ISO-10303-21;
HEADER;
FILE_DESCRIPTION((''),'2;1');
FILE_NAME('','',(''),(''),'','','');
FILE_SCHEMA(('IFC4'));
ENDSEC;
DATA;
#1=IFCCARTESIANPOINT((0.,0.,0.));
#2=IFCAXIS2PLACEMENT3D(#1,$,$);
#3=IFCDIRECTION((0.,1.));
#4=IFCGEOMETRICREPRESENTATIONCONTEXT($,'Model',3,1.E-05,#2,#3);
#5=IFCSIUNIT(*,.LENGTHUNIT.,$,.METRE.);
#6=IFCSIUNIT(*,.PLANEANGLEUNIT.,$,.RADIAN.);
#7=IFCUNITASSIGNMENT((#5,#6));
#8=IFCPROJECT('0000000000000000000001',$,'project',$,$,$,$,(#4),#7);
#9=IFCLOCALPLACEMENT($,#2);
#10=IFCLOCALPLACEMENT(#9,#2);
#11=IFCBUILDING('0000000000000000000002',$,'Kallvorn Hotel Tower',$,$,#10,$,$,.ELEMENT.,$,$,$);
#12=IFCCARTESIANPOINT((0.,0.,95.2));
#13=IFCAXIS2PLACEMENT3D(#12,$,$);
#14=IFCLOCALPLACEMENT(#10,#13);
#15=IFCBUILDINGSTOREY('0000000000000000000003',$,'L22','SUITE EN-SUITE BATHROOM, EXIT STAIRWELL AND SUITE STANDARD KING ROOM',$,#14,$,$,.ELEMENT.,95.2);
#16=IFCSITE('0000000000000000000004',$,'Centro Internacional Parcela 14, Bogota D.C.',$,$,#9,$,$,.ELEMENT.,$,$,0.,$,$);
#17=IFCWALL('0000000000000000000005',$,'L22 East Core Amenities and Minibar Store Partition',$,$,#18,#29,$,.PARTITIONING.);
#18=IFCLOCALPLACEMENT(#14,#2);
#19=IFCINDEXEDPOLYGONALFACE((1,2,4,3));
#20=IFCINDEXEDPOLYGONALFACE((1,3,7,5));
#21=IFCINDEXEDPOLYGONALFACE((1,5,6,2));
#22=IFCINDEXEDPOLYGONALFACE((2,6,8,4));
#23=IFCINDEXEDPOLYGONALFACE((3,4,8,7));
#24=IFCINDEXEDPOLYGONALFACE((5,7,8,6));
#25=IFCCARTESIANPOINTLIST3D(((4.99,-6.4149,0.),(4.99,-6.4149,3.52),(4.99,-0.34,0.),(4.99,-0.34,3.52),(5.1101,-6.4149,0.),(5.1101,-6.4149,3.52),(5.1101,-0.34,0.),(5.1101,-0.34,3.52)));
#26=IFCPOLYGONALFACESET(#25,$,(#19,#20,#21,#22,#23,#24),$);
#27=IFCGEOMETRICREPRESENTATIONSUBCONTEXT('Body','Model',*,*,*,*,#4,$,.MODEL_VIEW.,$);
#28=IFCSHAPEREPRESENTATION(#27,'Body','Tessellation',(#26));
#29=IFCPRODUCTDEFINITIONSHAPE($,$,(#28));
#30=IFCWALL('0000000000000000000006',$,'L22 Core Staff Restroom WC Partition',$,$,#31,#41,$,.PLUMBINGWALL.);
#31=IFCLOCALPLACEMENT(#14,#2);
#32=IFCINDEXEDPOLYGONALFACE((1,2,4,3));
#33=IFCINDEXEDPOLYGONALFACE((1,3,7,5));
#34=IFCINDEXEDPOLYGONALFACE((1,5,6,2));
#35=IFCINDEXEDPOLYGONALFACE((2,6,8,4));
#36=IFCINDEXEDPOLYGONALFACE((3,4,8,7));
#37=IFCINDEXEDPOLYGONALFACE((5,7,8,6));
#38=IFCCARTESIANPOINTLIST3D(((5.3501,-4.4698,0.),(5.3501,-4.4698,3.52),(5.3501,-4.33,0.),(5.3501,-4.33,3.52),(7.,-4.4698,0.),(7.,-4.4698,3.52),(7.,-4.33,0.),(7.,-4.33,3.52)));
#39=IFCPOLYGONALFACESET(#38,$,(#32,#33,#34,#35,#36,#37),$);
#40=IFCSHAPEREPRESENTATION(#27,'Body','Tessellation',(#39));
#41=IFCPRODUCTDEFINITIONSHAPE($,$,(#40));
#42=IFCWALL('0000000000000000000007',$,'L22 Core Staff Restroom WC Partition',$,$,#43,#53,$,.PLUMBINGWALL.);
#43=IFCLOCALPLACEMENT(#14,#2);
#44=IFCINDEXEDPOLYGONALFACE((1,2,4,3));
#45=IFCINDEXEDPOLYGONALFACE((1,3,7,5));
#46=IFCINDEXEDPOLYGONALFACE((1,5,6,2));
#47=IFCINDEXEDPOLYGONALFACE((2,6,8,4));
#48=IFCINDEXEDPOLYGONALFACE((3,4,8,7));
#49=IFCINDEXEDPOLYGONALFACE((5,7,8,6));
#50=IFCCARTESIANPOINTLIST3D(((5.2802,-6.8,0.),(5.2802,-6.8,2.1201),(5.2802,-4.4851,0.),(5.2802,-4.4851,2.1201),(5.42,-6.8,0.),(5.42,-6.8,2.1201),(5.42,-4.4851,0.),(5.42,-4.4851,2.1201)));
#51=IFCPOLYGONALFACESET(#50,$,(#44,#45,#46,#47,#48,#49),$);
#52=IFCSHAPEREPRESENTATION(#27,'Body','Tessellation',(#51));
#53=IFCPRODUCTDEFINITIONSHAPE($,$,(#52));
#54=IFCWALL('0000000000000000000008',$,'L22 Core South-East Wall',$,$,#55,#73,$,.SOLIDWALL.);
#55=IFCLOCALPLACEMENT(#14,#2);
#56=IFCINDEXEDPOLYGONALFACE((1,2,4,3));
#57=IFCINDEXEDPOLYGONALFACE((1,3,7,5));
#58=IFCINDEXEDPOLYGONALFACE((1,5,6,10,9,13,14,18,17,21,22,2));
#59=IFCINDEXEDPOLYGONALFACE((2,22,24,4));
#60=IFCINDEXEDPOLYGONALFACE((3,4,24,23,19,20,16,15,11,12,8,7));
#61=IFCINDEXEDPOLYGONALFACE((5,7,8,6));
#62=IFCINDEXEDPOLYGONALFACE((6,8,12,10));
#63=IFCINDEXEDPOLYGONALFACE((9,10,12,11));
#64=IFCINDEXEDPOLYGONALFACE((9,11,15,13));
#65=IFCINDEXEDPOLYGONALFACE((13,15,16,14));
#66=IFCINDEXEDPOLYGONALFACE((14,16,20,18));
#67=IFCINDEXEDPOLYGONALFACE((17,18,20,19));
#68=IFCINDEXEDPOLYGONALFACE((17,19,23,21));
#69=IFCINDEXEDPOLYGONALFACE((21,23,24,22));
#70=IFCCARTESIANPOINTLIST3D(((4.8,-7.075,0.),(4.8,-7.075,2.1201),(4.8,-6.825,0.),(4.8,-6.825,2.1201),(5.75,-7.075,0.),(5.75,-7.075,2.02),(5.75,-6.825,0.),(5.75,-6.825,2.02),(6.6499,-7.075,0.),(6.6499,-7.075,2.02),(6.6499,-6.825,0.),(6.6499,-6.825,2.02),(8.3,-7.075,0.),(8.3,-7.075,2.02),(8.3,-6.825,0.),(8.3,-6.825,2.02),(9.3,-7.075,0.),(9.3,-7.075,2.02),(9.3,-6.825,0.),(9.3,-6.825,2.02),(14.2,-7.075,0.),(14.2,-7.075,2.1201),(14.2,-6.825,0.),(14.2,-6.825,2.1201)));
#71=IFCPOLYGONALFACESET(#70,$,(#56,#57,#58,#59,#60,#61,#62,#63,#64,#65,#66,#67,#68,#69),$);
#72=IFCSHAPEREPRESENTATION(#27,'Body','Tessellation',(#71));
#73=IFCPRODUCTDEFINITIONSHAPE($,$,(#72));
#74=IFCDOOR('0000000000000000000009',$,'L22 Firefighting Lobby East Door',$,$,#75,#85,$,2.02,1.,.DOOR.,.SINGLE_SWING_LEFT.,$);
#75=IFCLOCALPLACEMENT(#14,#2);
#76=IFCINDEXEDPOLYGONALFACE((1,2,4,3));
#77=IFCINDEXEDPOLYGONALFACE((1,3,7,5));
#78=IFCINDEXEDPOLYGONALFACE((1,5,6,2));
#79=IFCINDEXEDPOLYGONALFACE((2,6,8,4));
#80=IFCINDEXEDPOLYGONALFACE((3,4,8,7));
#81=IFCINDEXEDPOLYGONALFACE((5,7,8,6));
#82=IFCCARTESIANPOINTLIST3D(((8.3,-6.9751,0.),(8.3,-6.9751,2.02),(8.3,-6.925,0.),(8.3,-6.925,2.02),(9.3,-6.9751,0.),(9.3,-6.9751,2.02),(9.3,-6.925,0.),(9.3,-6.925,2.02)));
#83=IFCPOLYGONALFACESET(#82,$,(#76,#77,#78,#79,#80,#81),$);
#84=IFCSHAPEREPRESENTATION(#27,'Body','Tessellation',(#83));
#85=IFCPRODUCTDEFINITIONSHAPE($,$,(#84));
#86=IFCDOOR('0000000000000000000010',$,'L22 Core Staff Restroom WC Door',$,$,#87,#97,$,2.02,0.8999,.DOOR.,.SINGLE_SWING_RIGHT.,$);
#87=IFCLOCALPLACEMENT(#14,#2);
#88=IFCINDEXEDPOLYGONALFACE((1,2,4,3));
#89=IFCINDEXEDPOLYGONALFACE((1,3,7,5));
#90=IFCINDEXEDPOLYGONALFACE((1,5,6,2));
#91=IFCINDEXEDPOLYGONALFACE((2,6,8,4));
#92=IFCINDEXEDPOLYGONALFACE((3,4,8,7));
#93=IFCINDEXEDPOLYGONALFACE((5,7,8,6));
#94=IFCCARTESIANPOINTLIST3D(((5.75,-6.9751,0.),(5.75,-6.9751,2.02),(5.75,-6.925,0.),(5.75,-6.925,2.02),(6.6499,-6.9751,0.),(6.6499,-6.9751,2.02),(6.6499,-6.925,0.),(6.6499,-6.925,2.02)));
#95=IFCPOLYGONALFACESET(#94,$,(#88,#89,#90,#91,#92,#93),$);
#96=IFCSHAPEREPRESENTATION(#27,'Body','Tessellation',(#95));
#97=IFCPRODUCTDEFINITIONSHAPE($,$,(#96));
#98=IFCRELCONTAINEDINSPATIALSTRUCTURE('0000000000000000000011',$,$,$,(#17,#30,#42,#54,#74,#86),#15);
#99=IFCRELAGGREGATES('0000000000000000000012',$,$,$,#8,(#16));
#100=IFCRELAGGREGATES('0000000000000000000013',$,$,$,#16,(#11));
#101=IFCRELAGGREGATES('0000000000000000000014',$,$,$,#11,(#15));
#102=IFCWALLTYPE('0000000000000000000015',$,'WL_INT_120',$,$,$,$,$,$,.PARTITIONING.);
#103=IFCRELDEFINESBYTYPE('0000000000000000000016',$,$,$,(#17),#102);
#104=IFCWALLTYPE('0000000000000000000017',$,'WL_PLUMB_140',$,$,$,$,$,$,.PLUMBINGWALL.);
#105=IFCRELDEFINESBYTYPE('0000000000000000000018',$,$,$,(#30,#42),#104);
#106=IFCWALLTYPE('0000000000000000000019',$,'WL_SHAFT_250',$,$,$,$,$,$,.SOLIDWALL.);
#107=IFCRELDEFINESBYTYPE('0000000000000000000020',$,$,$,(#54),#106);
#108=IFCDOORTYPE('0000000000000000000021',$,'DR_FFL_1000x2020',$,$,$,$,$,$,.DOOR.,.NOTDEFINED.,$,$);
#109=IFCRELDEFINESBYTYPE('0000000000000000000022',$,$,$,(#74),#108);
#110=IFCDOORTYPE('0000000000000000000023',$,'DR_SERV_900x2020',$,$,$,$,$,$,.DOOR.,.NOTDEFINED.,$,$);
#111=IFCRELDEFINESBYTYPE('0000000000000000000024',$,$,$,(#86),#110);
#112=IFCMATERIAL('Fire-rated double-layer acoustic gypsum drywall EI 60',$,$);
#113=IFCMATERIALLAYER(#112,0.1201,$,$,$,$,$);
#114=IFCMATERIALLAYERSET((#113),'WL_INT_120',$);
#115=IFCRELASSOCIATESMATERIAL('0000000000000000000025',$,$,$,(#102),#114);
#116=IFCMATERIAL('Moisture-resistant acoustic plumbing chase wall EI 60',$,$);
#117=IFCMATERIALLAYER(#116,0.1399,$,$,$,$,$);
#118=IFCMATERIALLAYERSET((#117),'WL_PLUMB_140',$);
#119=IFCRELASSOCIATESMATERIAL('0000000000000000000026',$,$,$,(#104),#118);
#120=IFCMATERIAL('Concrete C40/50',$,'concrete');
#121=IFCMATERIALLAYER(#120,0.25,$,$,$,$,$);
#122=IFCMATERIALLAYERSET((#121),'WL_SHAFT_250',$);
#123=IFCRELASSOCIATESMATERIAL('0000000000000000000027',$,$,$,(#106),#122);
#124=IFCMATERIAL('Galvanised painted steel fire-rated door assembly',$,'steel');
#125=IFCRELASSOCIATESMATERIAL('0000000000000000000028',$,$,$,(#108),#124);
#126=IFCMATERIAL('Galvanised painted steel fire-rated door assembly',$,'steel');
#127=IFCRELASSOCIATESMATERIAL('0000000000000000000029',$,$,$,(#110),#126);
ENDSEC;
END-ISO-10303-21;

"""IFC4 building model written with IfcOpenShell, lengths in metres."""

from ifc_helpers import new_model, si_unit, direction, frame, frame_2d, origin, place, context, subcontext, project, spatial, rectangle, extrude, material, layer, layer_set, type_object, element, fill, save


model = new_model("IFC4")

# Units and contexts
model_context = context("Model", 3, precision=1e-05, world=origin(), true_north=direction((0.0, 1.0)))
body_context = subcontext(model_context, "Body", "Model", "MODEL_VIEW")
ifc_project = project(units=[si_unit("LENGTHUNIT", "METRE"), si_unit("PLANEANGLEUNIT", "RADIAN")], contexts=[model_context])

# Site, building, storey
site_placement = place(None, origin())
site = spatial("IfcSite", under=ifc_project, at=site_placement, Name="Centro Internacional Parcela 14, Bogota D.C.", CompositionType="ELEMENT", RefElevation=0.0)
building_placement = place(site_placement, origin())
building = spatial("IfcBuilding", under=site, at=building_placement, Name="Kallvorn Hotel Tower", CompositionType="ELEMENT")
storey_placement = place(building_placement, frame((0.0, 0.0, 95.2)))
storey = spatial("IfcBuildingStorey", under=building, at=storey_placement, Name="L22", Description="SUITE EN-SUITE BATHROOM, EXIT STAIRWELL AND SUITE STANDARD KING ROOM", CompositionType="ELEMENT", Elevation=95.2)

# Shared definitions
ifc_material_1 = material(Name="Fire-rated double-layer acoustic gypsum drywall EI 60")
ifc_layer_1 = layer(ifc_material_1, 0.1201)
ifc_layer_set_1 = layer_set([ifc_layer_1], Name="WL_INT_120")
wall_type_1 = type_object("IfcWallType", Name="WL_INT_120", PredefinedType="PARTITIONING", material=ifc_layer_set_1)

# Walls
wall_1_placement = place(storey_placement, frame((5.05, -6.415, 0.0), z_axis=(0.0, 0.0, 1.0), x_axis=(0.0, 1.0, 0.0)))
element("IfcWall", 1, at=wall_1_placement, inside=storey, type_object=wall_type_1, Name="L22 East Core Amenities and Minibar Store Partition", PredefinedType="PARTITIONING", context=body_context, shape_type="SweptSolid", body=[
    extrude(rectangle(XDim=6.075, YDim=0.1201, at=frame_2d((3.0376, 0.0))), origin(), (0.0, 0.0, 1.0), 3.52),
])
ifc_material_2 = material(Name="Moisture-resistant acoustic plumbing chase wall EI 60")
ifc_layer_2 = layer(ifc_material_2, 0.1399)
ifc_layer_set_2 = layer_set([ifc_layer_2], Name="WL_PLUMB_140")
wall_type_2 = type_object("IfcWallType", Name="WL_PLUMB_140", PredefinedType="PLUMBINGWALL", material=ifc_layer_set_2)
wall_2_placement = place(storey_placement, frame((5.3501, -4.3999, 0.0), z_axis=(0.0, 0.0, 1.0), x_axis=(1.0, 0.0, 0.0)))
element("IfcWall", 2, at=wall_2_placement, inside=storey, type_object=wall_type_2, Name="L22 Core Staff Restroom WC Partition", PredefinedType="PLUMBINGWALL", context=body_context, shape_type="SweptSolid", body=[
    extrude(rectangle(XDim=1.6499, YDim=0.1399, at=frame_2d((0.825, 0.0))), origin(), (0.0, 0.0, 1.0), 3.52),
])
wall_3_placement = place(storey_placement, frame((5.3501, -6.8, 0.0), z_axis=(0.0, 0.0, 1.0), x_axis=(0.0, 1.0, 0.0)))
element("IfcWall", 3, at=wall_3_placement, inside=storey, type_object=wall_type_2, Name="L22 Core Staff Restroom WC Partition", PredefinedType="PLUMBINGWALL", context=body_context, shape_type="SweptSolid", body=[
    extrude(rectangle(XDim=2.3149, YDim=0.1399, at=frame_2d((1.1575, 0.0))), origin(), (0.0, 0.0, 1.0), 2.1201),
])

# Wall, openings, doors
ifc_material_3 = material(Name="Concrete C40/50", Category="concrete")
ifc_layer_3 = layer(ifc_material_3, 0.25)
ifc_layer_set_3 = layer_set([ifc_layer_3], Name="WL_SHAFT_250")
wall_type_3 = type_object("IfcWallType", Name="WL_SHAFT_250", PredefinedType="SOLIDWALL", material=ifc_layer_set_3)
wall_4_placement = place(storey_placement, frame((4.8, -6.95, 0.0), z_axis=(0.0, 0.0, 1.0), x_axis=(1.0, 0.0, 0.0)))
wall_4 = element("IfcWall", 4, at=wall_4_placement, inside=storey, type_object=wall_type_3, Name="L22 Core South-East Wall", PredefinedType="SOLIDWALL", context=body_context, shape_type="SweptSolid", body=[
    extrude(rectangle(XDim=9.3999, YDim=0.25, at=frame_2d((4.7, 0.0))), origin(), (0.0, 0.0, 1.0), 2.1201),
])
opening_1_placement = place(wall_4_placement, frame((3.5, 0.0, 0.0)))
opening_1 = element("IfcOpeningElement", 5, at=opening_1_placement, cuts=wall_4, PredefinedType="OPENING", context=body_context, shape_type="SweptSolid", body=[
    extrude(rectangle(XDim=1.0, YDim=2.02, at=frame_2d((0.5, 1.01))), frame((0.0, 0.1399, 0.0), z_axis=(0.0, -1.0, 0.0), x_axis=(1.0, 0.0, 0.0)), (0.0, 0.0, 1.0), 0.28),
])
opening_2_placement = place(wall_4_placement, frame((0.95, 0.0, 0.0)))
opening_2 = element("IfcOpeningElement", 6, at=opening_2_placement, cuts=wall_4, PredefinedType="OPENING", context=body_context, shape_type="SweptSolid", body=[
    extrude(rectangle(XDim=0.8999, YDim=2.02, at=frame_2d((0.45, 1.01))), frame((0.0, 0.1399, 0.0), z_axis=(0.0, -1.0, 0.0), x_axis=(1.0, 0.0, 0.0)), (0.0, 0.0, 1.0), 0.28),
])
ifc_material_4 = material(Name="Galvanised painted steel fire-rated door assembly", Category="steel")
door_type_1 = type_object("IfcDoorType", Name="DR_FFL_1000x2020", OperationType="NOTDEFINED", PredefinedType="DOOR", material=ifc_material_4)
door_1_placement = place(opening_1_placement, origin())
door_1 = element("IfcDoor", 7, at=door_1_placement, inside=storey, type_object=door_type_1, Name="L22 Firefighting Lobby East Door", OperationType="SINGLE_SWING_LEFT", OverallHeight=2.02, OverallWidth=1.0, PredefinedType="DOOR", context=body_context, shape_type="SweptSolid", body=[
    extrude(rectangle(XDim=1.0, YDim=2.02, at=frame_2d((0.5, 1.01))), frame((0.0, 0.0249, 0.0), z_axis=(0.0, -1.0, 0.0), x_axis=(1.0, 0.0, 0.0)), (0.0, 0.0, 1.0), 0.05),
])
fill(opening_1, door_1)
ifc_material_5 = material(Name="Galvanised painted steel fire-rated door assembly", Category="steel")
door_type_2 = type_object("IfcDoorType", Name="DR_SERV_900x2020", OperationType="NOTDEFINED", PredefinedType="DOOR", material=ifc_material_5)
door_2_placement = place(opening_2_placement, origin())
door_2 = element("IfcDoor", 8, at=door_2_placement, inside=storey, type_object=door_type_2, Name="L22 Core Staff Restroom WC Door", OperationType="SINGLE_SWING_RIGHT", OverallHeight=2.02, OverallWidth=0.8999, PredefinedType="DOOR", context=body_context, shape_type="SweptSolid", body=[
    extrude(rectangle(XDim=0.8999, YDim=2.02, at=frame_2d((0.45, 1.01))), frame((0.0, 0.0249, 0.0), z_axis=(0.0, -1.0, 0.0), x_axis=(1.0, 0.0, 0.0)), (0.0, 0.0, 1.0), 0.05),
])
fill(opening_2, door_2)

save(model, "model.ifc")
